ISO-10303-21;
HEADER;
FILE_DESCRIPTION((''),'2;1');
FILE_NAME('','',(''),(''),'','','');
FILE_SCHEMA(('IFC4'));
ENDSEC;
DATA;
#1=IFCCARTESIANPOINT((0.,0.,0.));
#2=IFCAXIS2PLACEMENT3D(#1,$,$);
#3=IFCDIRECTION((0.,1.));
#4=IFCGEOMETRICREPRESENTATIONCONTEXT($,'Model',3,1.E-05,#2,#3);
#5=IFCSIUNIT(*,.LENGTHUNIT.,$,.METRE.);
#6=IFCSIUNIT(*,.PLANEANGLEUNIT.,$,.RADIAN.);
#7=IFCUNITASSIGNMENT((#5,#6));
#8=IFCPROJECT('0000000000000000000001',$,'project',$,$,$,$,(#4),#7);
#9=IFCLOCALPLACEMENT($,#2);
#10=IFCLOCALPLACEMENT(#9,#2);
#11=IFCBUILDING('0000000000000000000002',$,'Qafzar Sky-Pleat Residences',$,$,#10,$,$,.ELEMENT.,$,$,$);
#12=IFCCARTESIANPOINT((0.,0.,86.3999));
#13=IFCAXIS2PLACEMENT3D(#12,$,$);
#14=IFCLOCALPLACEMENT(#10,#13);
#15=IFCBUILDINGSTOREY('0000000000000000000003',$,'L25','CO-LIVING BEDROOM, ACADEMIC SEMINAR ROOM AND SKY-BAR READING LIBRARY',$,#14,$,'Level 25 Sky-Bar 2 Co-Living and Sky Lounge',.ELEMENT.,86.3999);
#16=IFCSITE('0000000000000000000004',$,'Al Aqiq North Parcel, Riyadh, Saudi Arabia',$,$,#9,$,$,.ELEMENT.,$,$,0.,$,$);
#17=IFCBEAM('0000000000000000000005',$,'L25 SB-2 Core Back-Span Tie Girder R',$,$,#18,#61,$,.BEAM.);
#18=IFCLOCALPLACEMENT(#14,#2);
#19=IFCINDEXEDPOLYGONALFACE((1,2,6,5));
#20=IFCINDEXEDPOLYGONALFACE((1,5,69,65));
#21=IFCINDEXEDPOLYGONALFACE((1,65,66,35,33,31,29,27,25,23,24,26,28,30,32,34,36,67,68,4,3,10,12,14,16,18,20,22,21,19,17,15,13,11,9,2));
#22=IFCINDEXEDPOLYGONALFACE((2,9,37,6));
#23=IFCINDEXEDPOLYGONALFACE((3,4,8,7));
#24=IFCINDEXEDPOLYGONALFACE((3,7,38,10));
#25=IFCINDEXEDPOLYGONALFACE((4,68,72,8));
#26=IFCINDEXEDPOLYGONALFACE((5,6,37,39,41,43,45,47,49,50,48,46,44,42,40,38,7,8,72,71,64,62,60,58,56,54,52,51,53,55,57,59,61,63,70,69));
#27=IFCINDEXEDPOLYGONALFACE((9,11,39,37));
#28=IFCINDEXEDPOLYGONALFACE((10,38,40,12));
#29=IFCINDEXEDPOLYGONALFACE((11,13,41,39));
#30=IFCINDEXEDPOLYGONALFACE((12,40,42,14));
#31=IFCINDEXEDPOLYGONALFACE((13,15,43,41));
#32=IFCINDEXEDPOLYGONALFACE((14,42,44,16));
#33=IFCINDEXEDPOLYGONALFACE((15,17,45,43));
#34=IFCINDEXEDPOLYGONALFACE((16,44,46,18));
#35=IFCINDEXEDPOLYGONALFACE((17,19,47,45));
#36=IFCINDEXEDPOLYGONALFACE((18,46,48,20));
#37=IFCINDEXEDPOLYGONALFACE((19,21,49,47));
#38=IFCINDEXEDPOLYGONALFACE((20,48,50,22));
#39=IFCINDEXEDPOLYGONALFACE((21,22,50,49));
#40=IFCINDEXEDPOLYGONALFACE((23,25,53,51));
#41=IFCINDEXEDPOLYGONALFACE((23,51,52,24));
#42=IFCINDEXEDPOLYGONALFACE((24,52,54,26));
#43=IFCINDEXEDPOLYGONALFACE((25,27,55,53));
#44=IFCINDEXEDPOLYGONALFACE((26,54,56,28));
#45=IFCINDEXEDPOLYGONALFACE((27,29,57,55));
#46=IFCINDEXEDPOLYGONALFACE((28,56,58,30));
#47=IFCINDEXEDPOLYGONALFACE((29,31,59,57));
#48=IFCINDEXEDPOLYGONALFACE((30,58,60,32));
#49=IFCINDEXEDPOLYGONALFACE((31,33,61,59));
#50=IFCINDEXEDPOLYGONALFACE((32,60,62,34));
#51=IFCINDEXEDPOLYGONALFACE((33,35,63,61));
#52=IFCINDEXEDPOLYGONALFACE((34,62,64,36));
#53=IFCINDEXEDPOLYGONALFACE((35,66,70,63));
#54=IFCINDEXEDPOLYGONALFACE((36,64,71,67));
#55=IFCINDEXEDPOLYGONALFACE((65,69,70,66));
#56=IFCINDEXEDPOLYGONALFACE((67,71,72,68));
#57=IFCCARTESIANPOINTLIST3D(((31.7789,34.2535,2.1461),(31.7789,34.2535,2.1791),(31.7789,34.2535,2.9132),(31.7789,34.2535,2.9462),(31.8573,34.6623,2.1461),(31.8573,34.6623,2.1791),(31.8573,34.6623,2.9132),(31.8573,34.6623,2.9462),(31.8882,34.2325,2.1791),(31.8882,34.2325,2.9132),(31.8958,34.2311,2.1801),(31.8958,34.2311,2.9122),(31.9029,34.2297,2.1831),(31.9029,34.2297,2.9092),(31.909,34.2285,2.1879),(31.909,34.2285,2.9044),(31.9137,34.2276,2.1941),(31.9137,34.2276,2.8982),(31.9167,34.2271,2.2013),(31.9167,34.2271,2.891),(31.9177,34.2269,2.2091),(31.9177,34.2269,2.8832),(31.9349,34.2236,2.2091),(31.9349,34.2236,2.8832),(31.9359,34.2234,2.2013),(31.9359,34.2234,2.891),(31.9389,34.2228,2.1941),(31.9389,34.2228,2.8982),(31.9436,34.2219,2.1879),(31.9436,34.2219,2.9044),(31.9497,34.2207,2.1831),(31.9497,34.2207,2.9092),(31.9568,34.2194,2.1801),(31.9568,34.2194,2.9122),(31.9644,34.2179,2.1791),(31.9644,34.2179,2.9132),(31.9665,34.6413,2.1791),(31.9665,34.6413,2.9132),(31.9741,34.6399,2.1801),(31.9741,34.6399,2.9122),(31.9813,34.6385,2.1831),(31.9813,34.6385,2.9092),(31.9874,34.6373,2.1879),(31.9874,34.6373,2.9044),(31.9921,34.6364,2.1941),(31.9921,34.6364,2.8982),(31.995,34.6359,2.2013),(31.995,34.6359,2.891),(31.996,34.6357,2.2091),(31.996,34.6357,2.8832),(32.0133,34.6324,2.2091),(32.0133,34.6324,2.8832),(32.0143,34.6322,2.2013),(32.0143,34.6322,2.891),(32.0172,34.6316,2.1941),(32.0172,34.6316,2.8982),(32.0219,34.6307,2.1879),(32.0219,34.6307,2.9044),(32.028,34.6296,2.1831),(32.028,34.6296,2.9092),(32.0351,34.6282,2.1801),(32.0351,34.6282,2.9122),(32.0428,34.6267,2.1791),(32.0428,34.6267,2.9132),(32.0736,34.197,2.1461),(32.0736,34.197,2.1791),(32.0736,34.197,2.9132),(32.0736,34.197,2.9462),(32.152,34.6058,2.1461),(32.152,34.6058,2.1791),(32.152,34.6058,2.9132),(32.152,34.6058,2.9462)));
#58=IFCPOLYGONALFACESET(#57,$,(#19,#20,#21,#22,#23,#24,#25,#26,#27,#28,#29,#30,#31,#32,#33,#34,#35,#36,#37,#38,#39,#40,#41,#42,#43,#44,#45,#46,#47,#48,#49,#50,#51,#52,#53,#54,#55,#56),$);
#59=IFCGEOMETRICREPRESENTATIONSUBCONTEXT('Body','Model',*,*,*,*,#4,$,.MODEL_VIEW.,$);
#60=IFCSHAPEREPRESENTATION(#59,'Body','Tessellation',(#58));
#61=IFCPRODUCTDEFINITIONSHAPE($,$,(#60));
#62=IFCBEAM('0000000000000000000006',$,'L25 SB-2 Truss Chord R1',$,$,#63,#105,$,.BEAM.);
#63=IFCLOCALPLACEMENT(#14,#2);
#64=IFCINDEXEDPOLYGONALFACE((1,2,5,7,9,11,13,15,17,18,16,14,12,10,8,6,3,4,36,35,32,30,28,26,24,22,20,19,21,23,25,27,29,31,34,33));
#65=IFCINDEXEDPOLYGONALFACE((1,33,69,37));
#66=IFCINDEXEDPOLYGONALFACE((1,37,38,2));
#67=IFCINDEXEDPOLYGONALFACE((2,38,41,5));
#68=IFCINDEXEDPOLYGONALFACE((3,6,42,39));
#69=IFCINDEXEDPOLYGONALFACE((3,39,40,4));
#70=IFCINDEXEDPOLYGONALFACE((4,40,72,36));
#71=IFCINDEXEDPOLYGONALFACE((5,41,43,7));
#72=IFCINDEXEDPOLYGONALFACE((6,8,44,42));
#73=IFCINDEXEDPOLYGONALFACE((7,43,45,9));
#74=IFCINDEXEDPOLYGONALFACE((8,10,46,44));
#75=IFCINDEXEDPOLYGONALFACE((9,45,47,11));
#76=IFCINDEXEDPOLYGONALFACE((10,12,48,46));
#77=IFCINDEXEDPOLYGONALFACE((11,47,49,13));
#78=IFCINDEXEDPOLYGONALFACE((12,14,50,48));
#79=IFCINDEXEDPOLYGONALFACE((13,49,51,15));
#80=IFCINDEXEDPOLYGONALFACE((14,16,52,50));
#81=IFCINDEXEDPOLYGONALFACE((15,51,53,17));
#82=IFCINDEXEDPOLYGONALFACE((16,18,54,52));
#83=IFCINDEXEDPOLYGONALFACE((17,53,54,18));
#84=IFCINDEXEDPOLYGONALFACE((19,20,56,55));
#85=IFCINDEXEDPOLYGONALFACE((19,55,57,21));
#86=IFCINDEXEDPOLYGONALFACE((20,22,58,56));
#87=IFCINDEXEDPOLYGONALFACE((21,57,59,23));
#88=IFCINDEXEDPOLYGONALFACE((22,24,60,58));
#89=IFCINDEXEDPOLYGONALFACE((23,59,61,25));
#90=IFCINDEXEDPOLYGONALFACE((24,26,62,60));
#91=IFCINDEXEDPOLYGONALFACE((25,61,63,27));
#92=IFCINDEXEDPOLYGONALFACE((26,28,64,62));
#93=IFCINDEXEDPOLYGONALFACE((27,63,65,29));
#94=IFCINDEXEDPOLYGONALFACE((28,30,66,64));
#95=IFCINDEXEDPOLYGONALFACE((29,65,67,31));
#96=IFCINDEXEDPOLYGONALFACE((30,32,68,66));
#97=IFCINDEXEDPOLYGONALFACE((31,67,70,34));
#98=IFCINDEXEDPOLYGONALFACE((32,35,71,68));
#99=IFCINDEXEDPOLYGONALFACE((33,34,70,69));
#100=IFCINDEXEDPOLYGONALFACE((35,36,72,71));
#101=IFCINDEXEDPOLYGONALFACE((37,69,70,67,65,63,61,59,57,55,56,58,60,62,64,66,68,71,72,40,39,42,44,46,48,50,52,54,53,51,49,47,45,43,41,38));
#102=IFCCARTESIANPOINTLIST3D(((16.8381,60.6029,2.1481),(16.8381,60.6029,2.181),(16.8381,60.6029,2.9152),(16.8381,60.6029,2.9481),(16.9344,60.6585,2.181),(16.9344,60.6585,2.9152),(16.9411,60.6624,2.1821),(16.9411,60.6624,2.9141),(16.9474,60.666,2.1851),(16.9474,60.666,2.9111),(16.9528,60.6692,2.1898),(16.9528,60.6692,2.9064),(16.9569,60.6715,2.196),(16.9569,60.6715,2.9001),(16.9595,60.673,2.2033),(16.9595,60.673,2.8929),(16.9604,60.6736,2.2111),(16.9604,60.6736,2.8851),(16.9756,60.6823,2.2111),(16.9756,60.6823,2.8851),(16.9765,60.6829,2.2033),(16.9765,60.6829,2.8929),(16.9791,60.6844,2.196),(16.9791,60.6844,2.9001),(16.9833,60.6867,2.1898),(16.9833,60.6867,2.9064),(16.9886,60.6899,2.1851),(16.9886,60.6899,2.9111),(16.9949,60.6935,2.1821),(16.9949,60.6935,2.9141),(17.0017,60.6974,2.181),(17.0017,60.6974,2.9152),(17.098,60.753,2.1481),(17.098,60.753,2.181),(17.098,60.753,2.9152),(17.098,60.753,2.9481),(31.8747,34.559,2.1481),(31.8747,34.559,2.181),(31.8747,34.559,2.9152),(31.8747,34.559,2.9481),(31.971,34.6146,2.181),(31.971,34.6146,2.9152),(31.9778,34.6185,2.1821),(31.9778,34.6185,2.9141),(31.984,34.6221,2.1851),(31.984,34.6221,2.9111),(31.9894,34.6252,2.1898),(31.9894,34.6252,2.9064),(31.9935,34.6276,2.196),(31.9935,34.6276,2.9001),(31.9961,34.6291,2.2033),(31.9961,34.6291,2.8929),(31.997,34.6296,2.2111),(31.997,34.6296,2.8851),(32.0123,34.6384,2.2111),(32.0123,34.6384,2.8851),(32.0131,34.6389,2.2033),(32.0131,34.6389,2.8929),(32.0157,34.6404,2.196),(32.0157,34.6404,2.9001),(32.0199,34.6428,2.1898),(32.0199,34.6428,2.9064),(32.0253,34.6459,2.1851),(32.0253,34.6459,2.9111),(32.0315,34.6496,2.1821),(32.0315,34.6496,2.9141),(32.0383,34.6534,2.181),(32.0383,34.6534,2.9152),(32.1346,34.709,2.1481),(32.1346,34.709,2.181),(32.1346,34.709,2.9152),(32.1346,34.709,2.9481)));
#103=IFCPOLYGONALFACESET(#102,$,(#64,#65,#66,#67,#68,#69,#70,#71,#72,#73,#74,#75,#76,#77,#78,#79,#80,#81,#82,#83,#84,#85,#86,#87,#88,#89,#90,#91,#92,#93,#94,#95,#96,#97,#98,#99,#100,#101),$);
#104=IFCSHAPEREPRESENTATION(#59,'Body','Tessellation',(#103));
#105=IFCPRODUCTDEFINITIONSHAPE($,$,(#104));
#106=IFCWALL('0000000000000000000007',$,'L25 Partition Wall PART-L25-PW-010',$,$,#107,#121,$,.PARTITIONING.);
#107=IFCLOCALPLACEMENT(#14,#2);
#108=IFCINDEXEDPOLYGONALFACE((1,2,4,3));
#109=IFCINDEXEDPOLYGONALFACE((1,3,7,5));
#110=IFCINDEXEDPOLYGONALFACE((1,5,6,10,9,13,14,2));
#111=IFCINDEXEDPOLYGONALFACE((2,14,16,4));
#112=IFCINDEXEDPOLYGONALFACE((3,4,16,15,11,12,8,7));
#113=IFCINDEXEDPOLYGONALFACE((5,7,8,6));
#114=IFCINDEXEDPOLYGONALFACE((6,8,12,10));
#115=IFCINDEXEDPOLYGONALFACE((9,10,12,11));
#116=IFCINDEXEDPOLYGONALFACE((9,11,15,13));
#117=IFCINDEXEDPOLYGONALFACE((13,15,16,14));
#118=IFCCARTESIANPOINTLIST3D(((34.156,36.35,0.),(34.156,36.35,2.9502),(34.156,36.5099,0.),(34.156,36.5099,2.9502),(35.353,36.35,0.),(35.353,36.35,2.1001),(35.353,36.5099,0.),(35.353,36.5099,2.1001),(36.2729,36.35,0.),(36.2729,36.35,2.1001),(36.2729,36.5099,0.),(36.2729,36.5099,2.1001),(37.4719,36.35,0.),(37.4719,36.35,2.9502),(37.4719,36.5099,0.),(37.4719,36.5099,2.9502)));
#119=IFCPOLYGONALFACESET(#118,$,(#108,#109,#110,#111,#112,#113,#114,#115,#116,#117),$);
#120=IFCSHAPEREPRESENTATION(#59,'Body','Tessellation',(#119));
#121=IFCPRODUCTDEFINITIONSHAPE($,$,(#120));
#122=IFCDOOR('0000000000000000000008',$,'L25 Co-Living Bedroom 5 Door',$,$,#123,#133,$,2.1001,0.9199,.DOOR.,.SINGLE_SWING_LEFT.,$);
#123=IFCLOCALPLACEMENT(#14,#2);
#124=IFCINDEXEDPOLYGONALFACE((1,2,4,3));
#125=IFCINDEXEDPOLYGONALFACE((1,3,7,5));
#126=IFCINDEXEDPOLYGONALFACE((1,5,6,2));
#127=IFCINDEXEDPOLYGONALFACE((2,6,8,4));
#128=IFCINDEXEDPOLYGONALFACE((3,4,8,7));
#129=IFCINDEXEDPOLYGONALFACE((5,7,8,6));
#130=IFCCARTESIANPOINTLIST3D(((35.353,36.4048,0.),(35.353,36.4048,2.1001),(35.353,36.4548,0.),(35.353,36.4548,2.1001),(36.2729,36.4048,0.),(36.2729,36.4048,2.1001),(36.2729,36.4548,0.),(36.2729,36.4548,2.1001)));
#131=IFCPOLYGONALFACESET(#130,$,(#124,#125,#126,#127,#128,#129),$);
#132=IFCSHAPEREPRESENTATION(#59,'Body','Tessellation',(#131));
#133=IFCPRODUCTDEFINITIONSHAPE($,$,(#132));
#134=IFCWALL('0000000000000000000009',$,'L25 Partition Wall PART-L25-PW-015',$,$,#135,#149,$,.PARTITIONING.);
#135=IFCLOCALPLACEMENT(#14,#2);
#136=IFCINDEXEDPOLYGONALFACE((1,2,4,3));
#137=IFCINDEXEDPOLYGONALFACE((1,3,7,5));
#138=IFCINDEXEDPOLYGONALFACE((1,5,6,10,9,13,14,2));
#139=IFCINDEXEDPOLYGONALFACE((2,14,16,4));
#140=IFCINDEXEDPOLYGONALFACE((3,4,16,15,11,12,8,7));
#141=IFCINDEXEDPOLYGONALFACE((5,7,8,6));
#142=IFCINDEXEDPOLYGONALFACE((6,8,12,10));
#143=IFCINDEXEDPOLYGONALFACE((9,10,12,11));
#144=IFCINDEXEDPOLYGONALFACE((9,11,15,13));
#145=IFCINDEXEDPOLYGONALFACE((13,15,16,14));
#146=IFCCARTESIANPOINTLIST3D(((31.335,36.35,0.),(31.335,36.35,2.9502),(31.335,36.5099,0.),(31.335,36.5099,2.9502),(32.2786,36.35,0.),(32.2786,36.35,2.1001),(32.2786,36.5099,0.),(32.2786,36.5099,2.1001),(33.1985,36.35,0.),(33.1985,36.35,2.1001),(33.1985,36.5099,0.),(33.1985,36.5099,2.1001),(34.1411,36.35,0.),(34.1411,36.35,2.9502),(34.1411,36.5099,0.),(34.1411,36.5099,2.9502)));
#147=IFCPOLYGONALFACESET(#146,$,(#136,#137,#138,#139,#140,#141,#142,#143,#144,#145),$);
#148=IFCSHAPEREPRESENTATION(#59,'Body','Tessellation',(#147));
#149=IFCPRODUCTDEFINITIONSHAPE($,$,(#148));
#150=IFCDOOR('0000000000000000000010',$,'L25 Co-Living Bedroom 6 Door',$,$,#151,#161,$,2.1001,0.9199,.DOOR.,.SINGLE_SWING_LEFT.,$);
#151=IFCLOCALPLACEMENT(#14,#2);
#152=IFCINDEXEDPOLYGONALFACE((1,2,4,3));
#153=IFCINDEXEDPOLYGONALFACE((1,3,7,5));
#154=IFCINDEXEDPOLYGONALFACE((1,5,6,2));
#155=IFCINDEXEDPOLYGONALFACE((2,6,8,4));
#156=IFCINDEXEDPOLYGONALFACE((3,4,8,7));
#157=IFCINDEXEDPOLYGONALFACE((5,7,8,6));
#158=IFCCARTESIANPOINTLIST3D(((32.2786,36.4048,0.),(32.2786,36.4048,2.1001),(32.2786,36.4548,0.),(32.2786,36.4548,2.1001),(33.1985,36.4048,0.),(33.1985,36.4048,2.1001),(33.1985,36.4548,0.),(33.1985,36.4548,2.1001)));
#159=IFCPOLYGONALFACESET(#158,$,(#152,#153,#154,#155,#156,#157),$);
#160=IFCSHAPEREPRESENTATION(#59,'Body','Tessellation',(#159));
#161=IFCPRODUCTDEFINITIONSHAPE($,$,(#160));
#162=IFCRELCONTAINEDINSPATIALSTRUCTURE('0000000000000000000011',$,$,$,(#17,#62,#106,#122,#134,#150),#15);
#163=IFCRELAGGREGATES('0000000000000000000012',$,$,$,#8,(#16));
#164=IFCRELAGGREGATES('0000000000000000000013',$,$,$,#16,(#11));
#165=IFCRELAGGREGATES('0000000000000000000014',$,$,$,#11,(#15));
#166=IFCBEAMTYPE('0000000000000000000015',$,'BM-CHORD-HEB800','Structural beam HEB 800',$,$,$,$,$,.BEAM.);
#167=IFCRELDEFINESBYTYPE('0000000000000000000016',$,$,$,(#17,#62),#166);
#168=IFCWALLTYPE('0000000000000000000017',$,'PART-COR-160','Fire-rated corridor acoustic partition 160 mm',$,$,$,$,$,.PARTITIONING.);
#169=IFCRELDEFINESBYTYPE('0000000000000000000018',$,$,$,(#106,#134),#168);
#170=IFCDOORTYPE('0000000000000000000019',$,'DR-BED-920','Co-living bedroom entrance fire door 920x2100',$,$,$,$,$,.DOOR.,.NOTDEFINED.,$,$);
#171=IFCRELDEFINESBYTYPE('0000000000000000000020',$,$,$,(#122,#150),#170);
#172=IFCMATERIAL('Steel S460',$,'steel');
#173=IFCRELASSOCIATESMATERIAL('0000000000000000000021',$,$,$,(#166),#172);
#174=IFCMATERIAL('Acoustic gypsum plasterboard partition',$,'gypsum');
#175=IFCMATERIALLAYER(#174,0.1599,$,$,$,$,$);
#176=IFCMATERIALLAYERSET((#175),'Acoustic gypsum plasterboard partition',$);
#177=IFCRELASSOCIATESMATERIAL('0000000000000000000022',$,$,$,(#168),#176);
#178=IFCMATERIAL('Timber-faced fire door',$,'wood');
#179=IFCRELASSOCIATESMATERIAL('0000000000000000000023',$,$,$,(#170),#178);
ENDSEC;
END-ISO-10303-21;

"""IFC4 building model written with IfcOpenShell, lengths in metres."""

from ifc_helpers import new_model, si_unit, direction, frame, frame_2d, origin, origin_2d, place, context, subcontext, project, spatial, rectangle, i_section, extrude, source, transform, mapped, material, layer, layer_set, material_profile, profile_set, type_object, element, fill, save


model = new_model("IFC4")

# Units and contexts
model_context = context("Model", 3, precision=1e-05, world=origin(), true_north=direction((0.0, 1.0)))
body_context = subcontext(model_context, "Body", "Model", "MODEL_VIEW")
ifc_project = project(units=[si_unit("LENGTHUNIT", "METRE"), si_unit("PLANEANGLEUNIT", "RADIAN")], contexts=[model_context])

# Site, building, storey
site_placement = place(None, origin())
site = spatial("IfcSite", under=ifc_project, at=site_placement, Name="Al Aqiq North Parcel, Riyadh, Saudi Arabia", CompositionType="ELEMENT", RefElevation=0.0)
building_placement = place(site_placement, origin())
building = spatial("IfcBuilding", under=site, at=building_placement, Name="Qafzar Sky-Pleat Residences", CompositionType="ELEMENT")
storey_placement = place(building_placement, frame((0.0, 0.0, 86.3999)))
storey = spatial("IfcBuildingStorey", under=building, at=storey_placement, Name="L25", Description="CO-LIVING BEDROOM, ACADEMIC SEMINAR ROOM AND SKY-BAR READING LIBRARY", LongName="Level 25 Sky-Bar 2 Co-Living and Sky Lounge", CompositionType="ELEMENT", Elevation=86.3999)

# Beams
ifc_material_1 = material(Name="Steel S460", Category="steel")
ifc_material_profile = material_profile(ifc_material_1, i_section(OverallWidth=0.3, OverallDepth=0.8, WebThickness=0.0176, FlangeThickness=0.033, FilletRadius=0.03, at=origin_2d()), Name="HEB 800")
ifc_profile_set = profile_set([ifc_material_profile], Name="Steel S460")
beam_type = type_object("IfcBeamType", Name="BM-CHORD-HEB800", Description="Structural beam HEB 800", PredefinedType="BEAM", material=ifc_profile_set)
shared_shape_1 = source(origin(), body_context, "Body", "SweptSolid", [
    extrude(i_section(OverallWidth=0.3, OverallDepth=0.8, WebThickness=0.0176, FlangeThickness=0.033, FilletRadius=0.03, at=origin_2d()), origin(), (0.0, 0.0, 1.0), 0.4163),
])
beam_1_placement = place(storey_placement, frame((32.0046, 34.634, 2.5461), z_axis=(-0.188217, -0.982128, 0.0), x_axis=(0.982128, -0.188217, 0.0)))
element("IfcBeam", 1, at=beam_1_placement, inside=storey, type_object=beam_type, Name="L25 SB-2 Core Back-Span Tie Girder R", PredefinedType="BEAM", context=body_context, shape_type="MappedRepresentation", body=[
    mapped(shared_shape_1, transform((0.0, 0.0, 0.0), x_axis=(1.0, 0.0, 0.0), y_axis=(0.0, 1.0, 0.0), z_axis=(0.0, 0.0, 1.0), scale=1.0)),
])
shared_shape_2 = source(origin(), body_context, "Body", "SweptSolid", [
    extrude(i_section(OverallWidth=0.3, OverallDepth=0.8, WebThickness=0.0176, FlangeThickness=0.033, FilletRadius=0.03, at=origin_2d()), origin(), (0.0, 0.0, 1.0), 30.073),
])
beam_2_placement = place(storey_placement, frame((32.0046, 34.634, 2.5481), z_axis=(-0.500004, 0.866023, 0.0), x_axis=(-0.866023, -0.500004, 0.0)))
element("IfcBeam", 2, at=beam_2_placement, inside=storey, type_object=beam_type, Name="L25 SB-2 Truss Chord R1", PredefinedType="BEAM", context=body_context, shape_type="MappedRepresentation", body=[
    mapped(shared_shape_2, transform((0.0, 0.0, 0.0), x_axis=(1.0, 0.0, 0.0), y_axis=(0.0, 1.0, 0.0), z_axis=(0.0, 0.0, 1.0), scale=1.0)),
])

# Walls, openings, doors
ifc_material_2 = material(Name="Acoustic gypsum plasterboard partition", Category="gypsum")
ifc_layer_1 = layer(ifc_material_2, 0.1599)
ifc_layer_set_1 = layer_set([ifc_layer_1], Name="Acoustic gypsum plasterboard partition")
wall_type_1 = type_object("IfcWallType", Name="PART-COR-160", Description="Fire-rated corridor acoustic partition 160 mm", PredefinedType="PARTITIONING", material=ifc_layer_set_1)
wall_1_placement = place(storey_placement, frame((34.156, 36.4299, 0.0), z_axis=(0.0, 0.0, 1.0), x_axis=(1.0, 0.0, 0.0)))
wall_1 = element("IfcWall", 3, at=wall_1_placement, inside=storey, type_object=wall_type_1, Name="L25 Partition Wall PART-L25-PW-010", PredefinedType="PARTITIONING", context=body_context, shape_type="SweptSolid", body=[
    extrude(rectangle(XDim=3.3159, YDim=0.1599, at=frame_2d((1.658, 0.0))), origin(), (0.0, 0.0, 1.0), 2.9502),
])
opening_1_placement = place(wall_1_placement, frame((1.197, 0.0, 0.0)))
opening_1 = element("IfcOpeningElement", 4, at=opening_1_placement, cuts=wall_1, PredefinedType="OPENING", context=body_context, shape_type="SweptSolid", body=[
    extrude(rectangle(XDim=0.9199, YDim=2.1001, at=frame_2d((0.46, 1.05))), frame((0.0, 0.0898, 0.0), z_axis=(0.0, -1.0, 0.0), x_axis=(1.0, 0.0, 0.0)), (0.0, 0.0, 1.0), 0.1799),
])
ifc_material_3 = material(Name="Timber-faced fire door", Category="wood")
door_type_1 = type_object("IfcDoorType", Name="DR-BED-920", Description="Co-living bedroom entrance fire door 920x2100", OperationType="NOTDEFINED", PredefinedType="DOOR", material=ifc_material_3)
shared_shape_3 = source(origin(), body_context, "Body", "SweptSolid", [
    extrude(rectangle(XDim=0.9199, YDim=2.1001, at=frame_2d((0.46, 1.05))), frame((0.0, 0.0249, 0.0), z_axis=(0.0, -1.0, 0.0), x_axis=(1.0, 0.0, 0.0)), (0.0, 0.0, 1.0), 0.05),
])
door_1_placement = place(opening_1_placement, origin())
door_1 = element("IfcDoor", 5, at=door_1_placement, inside=storey, type_object=door_type_1, Name="L25 Co-Living Bedroom 5 Door", OperationType="SINGLE_SWING_LEFT", OverallHeight=2.1001, OverallWidth=0.9199, PredefinedType="DOOR", context=body_context, shape_type="MappedRepresentation", body=[
    mapped(shared_shape_3, transform((0.0, 0.0, 0.0), x_axis=(1.0, 0.0, 0.0), y_axis=(0.0, 1.0, 0.0), z_axis=(0.0, 0.0, 1.0), scale=1.0)),
])
fill(opening_1, door_1)
wall_2_placement = place(storey_placement, frame((31.335, 36.4299, 0.0), z_axis=(0.0, 0.0, 1.0), x_axis=(1.0, 0.0, 0.0)))
wall_2 = element("IfcWall", 6, at=wall_2_placement, inside=storey, type_object=wall_type_1, Name="L25 Partition Wall PART-L25-PW-015", PredefinedType="PARTITIONING", context=body_context, shape_type="SweptSolid", body=[
    extrude(rectangle(XDim=2.8062, YDim=0.1599, at=frame_2d((1.4031, 0.0))), origin(), (0.0, 0.0, 1.0), 2.9502),
])
opening_2_placement = place(wall_2_placement, frame((0.9436, 0.0, 0.0)))
opening_2 = element("IfcOpeningElement", 7, at=opening_2_placement, cuts=wall_2, PredefinedType="OPENING", context=body_context, shape_type="SweptSolid", body=[
    extrude(rectangle(XDim=0.9199, YDim=2.1001, at=frame_2d((0.46, 1.05))), frame((0.0, 0.0898, 0.0), z_axis=(0.0, -1.0, 0.0), x_axis=(1.0, 0.0, 0.0)), (0.0, 0.0, 1.0), 0.1799),
])
door_2_placement = place(opening_2_placement, origin())
door_2 = element("IfcDoor", 8, at=door_2_placement, inside=storey, type_object=door_type_1, Name="L25 Co-Living Bedroom 6 Door", OperationType="SINGLE_SWING_LEFT", OverallHeight=2.1001, OverallWidth=0.9199, PredefinedType="DOOR", context=body_context, shape_type="MappedRepresentation", body=[
    mapped(shared_shape_3, transform((0.0, 0.0, 0.0), x_axis=(1.0, 0.0, 0.0), y_axis=(0.0, 1.0, 0.0), z_axis=(0.0, 0.0, 1.0), scale=1.0)),
])
fill(opening_2, door_2)

save(model, "model.ifc")
